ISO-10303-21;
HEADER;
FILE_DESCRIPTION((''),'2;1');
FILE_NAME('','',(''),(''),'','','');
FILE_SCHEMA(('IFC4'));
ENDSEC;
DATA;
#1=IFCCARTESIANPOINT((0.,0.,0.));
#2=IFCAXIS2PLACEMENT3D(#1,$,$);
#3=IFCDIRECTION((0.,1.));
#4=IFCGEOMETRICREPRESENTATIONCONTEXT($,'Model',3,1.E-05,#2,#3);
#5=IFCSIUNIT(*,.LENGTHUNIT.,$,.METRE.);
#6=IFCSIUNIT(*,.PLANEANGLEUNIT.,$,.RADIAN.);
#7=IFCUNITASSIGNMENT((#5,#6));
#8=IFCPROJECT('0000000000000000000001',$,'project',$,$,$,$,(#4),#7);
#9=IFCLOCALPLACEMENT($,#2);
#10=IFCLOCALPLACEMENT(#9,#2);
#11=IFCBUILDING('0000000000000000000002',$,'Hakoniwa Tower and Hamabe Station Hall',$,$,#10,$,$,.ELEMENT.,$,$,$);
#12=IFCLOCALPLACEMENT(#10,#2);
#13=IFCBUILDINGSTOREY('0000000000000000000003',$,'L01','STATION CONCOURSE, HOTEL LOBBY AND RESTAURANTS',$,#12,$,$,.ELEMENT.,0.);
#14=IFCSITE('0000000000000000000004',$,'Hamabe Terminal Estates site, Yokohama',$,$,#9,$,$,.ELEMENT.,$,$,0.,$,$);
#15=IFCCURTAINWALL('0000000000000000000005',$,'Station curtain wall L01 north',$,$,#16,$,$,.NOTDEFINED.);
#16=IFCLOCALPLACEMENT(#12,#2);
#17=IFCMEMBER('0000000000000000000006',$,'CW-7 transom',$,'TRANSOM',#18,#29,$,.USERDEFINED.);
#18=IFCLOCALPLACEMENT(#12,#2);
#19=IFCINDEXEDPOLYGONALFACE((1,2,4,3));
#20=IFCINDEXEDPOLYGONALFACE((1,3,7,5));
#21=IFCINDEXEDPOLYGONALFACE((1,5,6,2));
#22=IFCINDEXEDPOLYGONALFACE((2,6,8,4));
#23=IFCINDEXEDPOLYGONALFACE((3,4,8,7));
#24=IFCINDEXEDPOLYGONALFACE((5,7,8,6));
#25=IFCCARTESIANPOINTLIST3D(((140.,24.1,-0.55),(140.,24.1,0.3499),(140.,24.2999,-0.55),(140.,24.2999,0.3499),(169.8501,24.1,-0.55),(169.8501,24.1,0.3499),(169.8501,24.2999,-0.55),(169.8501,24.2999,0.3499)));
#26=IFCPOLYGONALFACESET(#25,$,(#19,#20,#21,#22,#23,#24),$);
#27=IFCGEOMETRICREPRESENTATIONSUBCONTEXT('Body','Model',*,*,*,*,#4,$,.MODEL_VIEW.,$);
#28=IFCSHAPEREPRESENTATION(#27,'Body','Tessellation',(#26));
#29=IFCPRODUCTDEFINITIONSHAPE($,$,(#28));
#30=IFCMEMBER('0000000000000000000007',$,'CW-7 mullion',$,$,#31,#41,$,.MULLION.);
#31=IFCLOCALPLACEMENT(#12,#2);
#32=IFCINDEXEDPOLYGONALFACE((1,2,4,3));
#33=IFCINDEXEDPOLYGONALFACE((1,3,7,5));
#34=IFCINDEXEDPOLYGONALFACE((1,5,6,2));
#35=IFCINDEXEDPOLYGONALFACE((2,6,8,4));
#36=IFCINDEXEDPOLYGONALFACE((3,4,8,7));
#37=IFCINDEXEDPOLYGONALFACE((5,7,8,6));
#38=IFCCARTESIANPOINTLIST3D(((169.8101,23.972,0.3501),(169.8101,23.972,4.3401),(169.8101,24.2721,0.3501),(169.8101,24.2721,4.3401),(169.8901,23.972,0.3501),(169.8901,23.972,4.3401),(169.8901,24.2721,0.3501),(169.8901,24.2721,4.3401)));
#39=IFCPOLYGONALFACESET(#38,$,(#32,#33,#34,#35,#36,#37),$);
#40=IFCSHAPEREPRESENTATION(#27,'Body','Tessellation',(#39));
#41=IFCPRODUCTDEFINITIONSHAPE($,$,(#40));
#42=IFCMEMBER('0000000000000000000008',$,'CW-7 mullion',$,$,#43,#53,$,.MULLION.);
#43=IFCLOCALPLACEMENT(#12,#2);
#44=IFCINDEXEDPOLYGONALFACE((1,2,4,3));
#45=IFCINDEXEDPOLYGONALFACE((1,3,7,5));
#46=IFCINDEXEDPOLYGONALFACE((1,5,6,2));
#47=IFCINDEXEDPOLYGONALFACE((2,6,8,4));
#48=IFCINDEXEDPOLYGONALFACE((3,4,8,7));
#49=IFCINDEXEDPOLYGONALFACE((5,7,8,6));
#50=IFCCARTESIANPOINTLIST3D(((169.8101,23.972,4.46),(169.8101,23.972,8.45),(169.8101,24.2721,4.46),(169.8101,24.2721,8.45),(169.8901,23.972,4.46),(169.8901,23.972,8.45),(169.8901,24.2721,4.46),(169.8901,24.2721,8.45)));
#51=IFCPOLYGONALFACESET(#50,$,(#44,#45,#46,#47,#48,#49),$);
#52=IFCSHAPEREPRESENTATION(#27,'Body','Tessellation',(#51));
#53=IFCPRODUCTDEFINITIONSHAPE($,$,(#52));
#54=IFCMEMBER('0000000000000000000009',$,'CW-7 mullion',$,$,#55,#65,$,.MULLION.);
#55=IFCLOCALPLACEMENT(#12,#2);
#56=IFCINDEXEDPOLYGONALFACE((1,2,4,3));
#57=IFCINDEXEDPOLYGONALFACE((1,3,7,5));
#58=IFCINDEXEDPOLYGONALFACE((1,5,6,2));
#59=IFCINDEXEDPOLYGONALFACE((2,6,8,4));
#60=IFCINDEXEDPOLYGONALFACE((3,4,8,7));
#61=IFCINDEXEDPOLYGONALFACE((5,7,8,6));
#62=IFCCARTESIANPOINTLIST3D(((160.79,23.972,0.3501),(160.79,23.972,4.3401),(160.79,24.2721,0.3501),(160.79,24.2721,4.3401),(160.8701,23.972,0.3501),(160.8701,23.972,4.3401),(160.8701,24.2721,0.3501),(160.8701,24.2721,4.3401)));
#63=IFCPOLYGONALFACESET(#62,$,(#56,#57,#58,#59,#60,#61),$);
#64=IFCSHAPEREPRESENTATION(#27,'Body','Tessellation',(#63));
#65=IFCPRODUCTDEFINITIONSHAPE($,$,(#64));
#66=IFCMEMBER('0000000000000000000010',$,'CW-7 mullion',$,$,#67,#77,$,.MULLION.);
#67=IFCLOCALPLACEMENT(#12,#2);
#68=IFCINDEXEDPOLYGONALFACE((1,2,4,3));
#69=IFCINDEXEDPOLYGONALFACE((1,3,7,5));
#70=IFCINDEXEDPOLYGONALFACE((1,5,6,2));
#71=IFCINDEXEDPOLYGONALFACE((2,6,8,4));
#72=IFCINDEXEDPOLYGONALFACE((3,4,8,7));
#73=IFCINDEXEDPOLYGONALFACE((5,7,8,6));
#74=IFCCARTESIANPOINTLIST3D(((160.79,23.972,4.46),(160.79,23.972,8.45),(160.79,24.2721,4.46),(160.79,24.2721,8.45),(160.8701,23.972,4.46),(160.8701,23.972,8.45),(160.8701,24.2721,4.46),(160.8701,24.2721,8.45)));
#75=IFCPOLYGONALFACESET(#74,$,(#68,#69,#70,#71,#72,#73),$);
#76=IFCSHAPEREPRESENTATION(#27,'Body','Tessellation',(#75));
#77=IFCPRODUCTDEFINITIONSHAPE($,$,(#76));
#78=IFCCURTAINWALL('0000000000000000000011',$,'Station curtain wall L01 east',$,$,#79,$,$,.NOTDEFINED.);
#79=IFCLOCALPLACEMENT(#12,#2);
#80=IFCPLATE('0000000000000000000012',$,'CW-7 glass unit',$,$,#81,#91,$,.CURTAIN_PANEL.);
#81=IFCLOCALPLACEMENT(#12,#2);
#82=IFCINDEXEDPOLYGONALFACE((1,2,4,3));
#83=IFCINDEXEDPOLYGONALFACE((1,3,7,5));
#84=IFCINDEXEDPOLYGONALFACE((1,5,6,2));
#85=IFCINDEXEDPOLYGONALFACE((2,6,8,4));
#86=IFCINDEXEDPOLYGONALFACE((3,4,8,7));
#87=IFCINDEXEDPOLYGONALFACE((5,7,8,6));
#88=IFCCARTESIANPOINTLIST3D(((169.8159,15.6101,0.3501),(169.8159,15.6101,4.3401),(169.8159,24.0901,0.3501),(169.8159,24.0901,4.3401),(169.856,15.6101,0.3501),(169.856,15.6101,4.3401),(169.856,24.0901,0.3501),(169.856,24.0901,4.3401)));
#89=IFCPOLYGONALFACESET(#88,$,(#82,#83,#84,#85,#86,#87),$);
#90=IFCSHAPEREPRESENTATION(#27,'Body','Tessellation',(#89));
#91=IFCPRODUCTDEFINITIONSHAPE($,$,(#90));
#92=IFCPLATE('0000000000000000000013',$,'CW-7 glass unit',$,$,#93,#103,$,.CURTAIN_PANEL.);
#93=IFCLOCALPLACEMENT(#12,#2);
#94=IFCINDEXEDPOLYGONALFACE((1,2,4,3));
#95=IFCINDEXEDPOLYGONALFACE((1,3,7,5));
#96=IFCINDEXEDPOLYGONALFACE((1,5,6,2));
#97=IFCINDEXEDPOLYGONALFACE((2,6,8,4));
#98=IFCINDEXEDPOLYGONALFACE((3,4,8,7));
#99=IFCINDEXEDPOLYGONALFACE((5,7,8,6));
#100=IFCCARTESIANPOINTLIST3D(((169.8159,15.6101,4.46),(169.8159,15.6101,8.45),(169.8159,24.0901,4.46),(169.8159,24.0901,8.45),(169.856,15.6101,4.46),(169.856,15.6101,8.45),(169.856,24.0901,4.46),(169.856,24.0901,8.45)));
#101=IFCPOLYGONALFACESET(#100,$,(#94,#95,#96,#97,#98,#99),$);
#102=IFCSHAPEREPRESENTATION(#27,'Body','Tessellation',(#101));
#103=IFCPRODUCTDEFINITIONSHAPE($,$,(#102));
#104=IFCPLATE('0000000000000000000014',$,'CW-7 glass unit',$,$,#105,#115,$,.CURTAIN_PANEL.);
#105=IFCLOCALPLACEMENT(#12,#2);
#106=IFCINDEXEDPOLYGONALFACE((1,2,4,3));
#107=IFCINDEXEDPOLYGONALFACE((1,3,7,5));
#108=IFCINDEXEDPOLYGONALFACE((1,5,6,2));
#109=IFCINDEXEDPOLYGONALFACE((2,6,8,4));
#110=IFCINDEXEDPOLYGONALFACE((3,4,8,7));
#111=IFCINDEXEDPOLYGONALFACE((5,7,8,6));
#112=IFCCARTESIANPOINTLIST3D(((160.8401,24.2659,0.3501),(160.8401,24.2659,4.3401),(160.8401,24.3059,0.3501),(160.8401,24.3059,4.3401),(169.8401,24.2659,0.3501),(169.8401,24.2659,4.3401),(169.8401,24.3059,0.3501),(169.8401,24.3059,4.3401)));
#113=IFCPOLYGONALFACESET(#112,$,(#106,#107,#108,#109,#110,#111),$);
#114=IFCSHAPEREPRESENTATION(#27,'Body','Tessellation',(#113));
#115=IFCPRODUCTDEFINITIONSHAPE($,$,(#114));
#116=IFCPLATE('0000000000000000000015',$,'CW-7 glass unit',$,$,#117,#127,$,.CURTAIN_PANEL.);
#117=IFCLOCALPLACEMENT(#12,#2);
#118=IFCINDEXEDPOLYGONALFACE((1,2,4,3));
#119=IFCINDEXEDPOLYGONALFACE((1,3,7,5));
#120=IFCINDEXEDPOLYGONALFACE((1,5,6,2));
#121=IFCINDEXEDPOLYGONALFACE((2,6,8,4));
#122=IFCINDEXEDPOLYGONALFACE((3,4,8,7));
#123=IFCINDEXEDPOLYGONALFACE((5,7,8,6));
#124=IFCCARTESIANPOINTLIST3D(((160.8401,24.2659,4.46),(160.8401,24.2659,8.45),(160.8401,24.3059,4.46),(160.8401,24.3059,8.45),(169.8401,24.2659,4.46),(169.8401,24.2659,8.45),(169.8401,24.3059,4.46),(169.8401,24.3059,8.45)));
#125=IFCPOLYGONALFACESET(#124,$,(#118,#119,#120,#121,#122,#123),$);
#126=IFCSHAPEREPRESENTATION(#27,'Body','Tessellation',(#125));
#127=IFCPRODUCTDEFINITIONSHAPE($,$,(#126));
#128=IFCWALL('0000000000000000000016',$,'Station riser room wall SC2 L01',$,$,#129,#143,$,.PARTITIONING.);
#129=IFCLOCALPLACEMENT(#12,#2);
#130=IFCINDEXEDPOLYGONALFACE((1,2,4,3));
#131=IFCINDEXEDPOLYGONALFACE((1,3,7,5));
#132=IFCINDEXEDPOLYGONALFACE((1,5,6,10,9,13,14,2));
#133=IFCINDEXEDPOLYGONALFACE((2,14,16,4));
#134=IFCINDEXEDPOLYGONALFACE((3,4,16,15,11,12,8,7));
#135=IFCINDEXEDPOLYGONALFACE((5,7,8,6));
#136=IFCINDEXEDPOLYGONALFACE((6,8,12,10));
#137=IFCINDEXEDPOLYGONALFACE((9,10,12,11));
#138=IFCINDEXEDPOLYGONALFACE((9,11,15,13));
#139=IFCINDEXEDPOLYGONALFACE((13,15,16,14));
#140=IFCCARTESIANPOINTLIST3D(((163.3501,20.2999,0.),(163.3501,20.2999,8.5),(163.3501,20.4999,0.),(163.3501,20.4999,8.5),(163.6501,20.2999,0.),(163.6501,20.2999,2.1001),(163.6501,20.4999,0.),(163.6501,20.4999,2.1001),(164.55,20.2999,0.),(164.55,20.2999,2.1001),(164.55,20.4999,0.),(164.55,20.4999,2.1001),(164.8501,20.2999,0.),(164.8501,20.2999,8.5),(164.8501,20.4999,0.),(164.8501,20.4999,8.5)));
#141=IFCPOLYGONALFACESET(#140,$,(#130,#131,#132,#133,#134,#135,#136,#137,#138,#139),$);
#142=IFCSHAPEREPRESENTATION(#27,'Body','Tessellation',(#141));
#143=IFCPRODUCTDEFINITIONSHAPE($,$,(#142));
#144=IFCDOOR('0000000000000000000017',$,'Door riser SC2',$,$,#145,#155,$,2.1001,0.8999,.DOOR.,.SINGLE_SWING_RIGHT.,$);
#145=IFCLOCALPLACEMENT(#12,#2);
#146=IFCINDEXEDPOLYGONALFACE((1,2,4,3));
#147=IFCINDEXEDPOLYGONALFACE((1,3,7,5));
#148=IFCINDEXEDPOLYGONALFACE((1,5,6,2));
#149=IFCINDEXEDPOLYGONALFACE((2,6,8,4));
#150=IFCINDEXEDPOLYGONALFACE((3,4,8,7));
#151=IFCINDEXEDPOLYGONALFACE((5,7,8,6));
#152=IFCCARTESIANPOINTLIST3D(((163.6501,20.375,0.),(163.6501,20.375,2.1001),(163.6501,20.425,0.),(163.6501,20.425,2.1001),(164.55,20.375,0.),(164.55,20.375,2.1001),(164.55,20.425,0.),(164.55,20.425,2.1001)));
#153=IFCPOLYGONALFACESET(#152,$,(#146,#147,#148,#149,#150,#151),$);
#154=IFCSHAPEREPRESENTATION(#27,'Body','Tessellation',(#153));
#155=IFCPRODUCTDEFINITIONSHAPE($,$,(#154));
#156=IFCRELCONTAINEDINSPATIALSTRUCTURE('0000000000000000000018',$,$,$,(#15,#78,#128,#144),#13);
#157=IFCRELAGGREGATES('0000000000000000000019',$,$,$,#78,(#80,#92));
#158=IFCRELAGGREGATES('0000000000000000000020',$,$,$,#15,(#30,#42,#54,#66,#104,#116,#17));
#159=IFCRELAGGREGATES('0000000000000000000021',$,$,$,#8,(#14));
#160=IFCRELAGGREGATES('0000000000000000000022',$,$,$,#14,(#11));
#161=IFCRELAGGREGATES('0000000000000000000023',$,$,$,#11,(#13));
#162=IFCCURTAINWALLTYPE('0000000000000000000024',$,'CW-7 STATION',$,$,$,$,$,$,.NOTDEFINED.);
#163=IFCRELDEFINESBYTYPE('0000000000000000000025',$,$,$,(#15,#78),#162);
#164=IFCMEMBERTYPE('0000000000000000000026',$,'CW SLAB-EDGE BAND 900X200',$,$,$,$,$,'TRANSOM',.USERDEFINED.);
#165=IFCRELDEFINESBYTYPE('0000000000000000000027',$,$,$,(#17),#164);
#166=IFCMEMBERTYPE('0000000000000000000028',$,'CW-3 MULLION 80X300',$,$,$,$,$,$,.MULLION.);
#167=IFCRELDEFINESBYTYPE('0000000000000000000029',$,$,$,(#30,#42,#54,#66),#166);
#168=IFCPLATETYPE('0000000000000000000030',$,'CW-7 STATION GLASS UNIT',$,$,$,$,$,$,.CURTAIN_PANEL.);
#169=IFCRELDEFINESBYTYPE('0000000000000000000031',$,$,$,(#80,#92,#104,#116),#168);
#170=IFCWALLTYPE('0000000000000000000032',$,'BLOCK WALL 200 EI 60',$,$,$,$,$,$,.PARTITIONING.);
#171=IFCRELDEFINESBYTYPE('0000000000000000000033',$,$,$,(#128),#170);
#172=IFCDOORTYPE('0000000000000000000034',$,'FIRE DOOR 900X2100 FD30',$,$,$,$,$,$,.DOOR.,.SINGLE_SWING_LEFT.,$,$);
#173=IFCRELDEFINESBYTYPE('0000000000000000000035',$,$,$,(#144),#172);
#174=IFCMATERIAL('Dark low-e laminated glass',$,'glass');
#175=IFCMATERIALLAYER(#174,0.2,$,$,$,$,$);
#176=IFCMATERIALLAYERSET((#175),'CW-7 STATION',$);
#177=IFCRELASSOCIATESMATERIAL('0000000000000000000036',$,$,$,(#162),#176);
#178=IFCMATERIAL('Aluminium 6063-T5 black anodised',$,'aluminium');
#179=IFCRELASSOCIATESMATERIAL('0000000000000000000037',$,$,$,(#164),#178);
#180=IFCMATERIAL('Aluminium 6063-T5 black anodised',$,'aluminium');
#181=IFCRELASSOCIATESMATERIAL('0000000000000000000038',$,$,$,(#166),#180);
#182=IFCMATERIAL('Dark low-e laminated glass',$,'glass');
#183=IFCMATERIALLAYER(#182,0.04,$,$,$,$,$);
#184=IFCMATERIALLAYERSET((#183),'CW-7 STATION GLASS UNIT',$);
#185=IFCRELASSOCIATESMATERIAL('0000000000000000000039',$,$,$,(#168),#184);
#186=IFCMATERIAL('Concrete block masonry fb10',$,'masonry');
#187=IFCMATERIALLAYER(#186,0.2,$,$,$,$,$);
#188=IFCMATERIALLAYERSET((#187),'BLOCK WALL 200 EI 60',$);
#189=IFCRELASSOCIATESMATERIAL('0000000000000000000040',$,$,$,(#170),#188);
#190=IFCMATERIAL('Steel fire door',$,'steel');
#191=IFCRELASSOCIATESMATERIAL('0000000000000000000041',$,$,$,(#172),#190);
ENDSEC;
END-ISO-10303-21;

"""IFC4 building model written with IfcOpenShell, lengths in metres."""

from ifc_helpers import new_model, si_unit, direction, frame, frame_2d, origin, origin_2d, place, context, subcontext, project, spatial, rectangle, extrude, material, layer, layer_set, material_profile, profile_set, type_object, element, fill, aggregate, save


model = new_model("IFC4")

# Units and contexts
model_context = context("Model", 3, precision=1e-05, world=origin(), true_north=direction((0.0, 1.0)))
body_context = subcontext(model_context, "Body", "Model", "MODEL_VIEW")
ifc_project = project(units=[si_unit("LENGTHUNIT", "METRE"), si_unit("PLANEANGLEUNIT", "RADIAN")], contexts=[model_context])

# Site, building, storey
site_placement = place(None, origin())
site = spatial("IfcSite", under=ifc_project, at=site_placement, Name="Hamabe Terminal Estates site, Yokohama", CompositionType="ELEMENT", RefElevation=0.0)
building_placement = place(site_placement, origin())
building = spatial("IfcBuilding", under=site, at=building_placement, Name="Hakoniwa Tower and Hamabe Station Hall", CompositionType="ELEMENT")
storey_placement = place(building_placement, origin())
storey = spatial("IfcBuildingStorey", under=building, at=storey_placement, Name="L01", Description="STATION CONCOURSE, HOTEL LOBBY AND RESTAURANTS", CompositionType="ELEMENT", Elevation=0.0)

# Curtain wall, members
ifc_material_1 = material(Name="Dark low-e laminated glass", Category="glass")
ifc_layer_1 = layer(ifc_material_1, 0.2)
ifc_layer_set_1 = layer_set([ifc_layer_1], Name="CW-7 STATION")
curtain_wall_type = type_object("IfcCurtainWallType", Name="CW-7 STATION", PredefinedType="NOTDEFINED", material=ifc_layer_set_1)
curtain_wall_1_placement = place(storey_placement, origin())
curtain_wall_1 = element("IfcCurtainWall", 1, at=curtain_wall_1_placement, inside=storey, type_object=curtain_wall_type, Name="Station curtain wall L01 north", PredefinedType="NOTDEFINED")
ifc_material_2 = material(Name="Aluminium 6063-T5 black anodised", Category="aluminium")
ifc_material_profile_1 = material_profile(ifc_material_2, rectangle(XDim=0.2, YDim=0.8999, at=origin_2d()), Name="CW SLAB-EDGE BAND 900X200")
ifc_profile_set_1 = profile_set([ifc_material_profile_1], Name="Aluminium 6063-T5 black anodised")
member_type_1 = type_object("IfcMemberType", Name="CW SLAB-EDGE BAND 900X200", ElementType="TRANSOM", PredefinedType="USERDEFINED", material=ifc_profile_set_1)
member_1_placement = place(storey_placement, frame((169.8501, 24.2, -0.1001), z_axis=(-1.0, 0.0, 0.0), x_axis=(0.0, -1.0, 0.0)))
member_1 = element("IfcMember", 2, at=member_1_placement, type_object=member_type_1, Name="CW-7 transom", ObjectType="TRANSOM", PredefinedType="USERDEFINED", context=body_context, shape_type="SweptSolid", body=[
    extrude(rectangle(XDim=0.2, YDim=0.8999, at=origin_2d()), origin(), (0.0, 0.0, 1.0), 29.8501),
])
ifc_material_3 = material(Name="Aluminium 6063-T5 black anodised", Category="aluminium")
ifc_material_profile_2 = material_profile(ifc_material_3, rectangle(XDim=0.0801, YDim=0.3, at=origin_2d()), Name="CW-3 MULLION 80X300")
ifc_profile_set_2 = profile_set([ifc_material_profile_2], Name="Aluminium 6063-T5 black anodised")
member_type_2 = type_object("IfcMemberType", Name="CW-3 MULLION 80X300", PredefinedType="MULLION", material=ifc_profile_set_2)
member_2_placement = place(storey_placement, frame((169.8501, 24.1221, 0.3501), z_axis=(0.0, 0.0, 1.0), x_axis=(-1.0, 0.0, 0.0)))
member_2 = element("IfcMember", 3, at=member_2_placement, type_object=member_type_2, Name="CW-7 mullion", PredefinedType="MULLION", context=body_context, shape_type="SweptSolid", body=[
    extrude(rectangle(XDim=0.0801, YDim=0.3, at=origin_2d()), origin(), (0.0, 0.0, 1.0), 3.99),
])
member_3_placement = place(storey_placement, frame((169.8501, 24.1221, 4.46), z_axis=(0.0, 0.0, 1.0), x_axis=(-1.0, 0.0, 0.0)))
member_3 = element("IfcMember", 4, at=member_3_placement, type_object=member_type_2, Name="CW-7 mullion", PredefinedType="MULLION", context=body_context, shape_type="SweptSolid", body=[
    extrude(rectangle(XDim=0.0801, YDim=0.3, at=origin_2d()), origin(), (0.0, 0.0, 1.0), 3.99),
])
member_4_placement = place(storey_placement, frame((160.8301, 24.1221, 0.3501), z_axis=(0.0, 0.0, 1.0), x_axis=(-1.0, 0.0, 0.0)))
member_4 = element("IfcMember", 5, at=member_4_placement, type_object=member_type_2, Name="CW-7 mullion", PredefinedType="MULLION", context=body_context, shape_type="SweptSolid", body=[
    extrude(rectangle(XDim=0.0801, YDim=0.3, at=origin_2d()), origin(), (0.0, 0.0, 1.0), 3.99),
])
member_5_placement = place(storey_placement, frame((160.8301, 24.1221, 4.46), z_axis=(0.0, 0.0, 1.0), x_axis=(-1.0, 0.0, 0.0)))
member_5 = element("IfcMember", 6, at=member_5_placement, type_object=member_type_2, Name="CW-7 mullion", PredefinedType="MULLION", context=body_context, shape_type="SweptSolid", body=[
    extrude(rectangle(XDim=0.0801, YDim=0.3, at=origin_2d()), origin(), (0.0, 0.0, 1.0), 3.99),
])

# Curtain wall, plates
curtain_wall_2_placement = place(storey_placement, origin())
curtain_wall_2 = element("IfcCurtainWall", 7, at=curtain_wall_2_placement, inside=storey, type_object=curtain_wall_type, Name="Station curtain wall L01 east", PredefinedType="NOTDEFINED")
ifc_material_4 = material(Name="Dark low-e laminated glass", Category="glass")
ifc_layer_2 = layer(ifc_material_4, 0.04)
ifc_layer_set_2 = layer_set([ifc_layer_2], Name="CW-7 STATION GLASS UNIT")
plate_type = type_object("IfcPlateType", Name="CW-7 STATION GLASS UNIT", PredefinedType="CURTAIN_PANEL", material=ifc_layer_set_2)
plate_1_placement = place(storey_placement, frame((169.8359, 19.8501, 0.3501), z_axis=(0.0, 0.0, 1.0), x_axis=(0.0, 1.0, 0.0)))
plate_1 = element("IfcPlate", 8, at=plate_1_placement, type_object=plate_type, Name="CW-7 glass unit", PredefinedType="CURTAIN_PANEL", context=body_context, shape_type="SweptSolid", body=[
    extrude(rectangle(XDim=8.48, YDim=0.04, at=origin_2d()), origin(), (0.0, 0.0, 1.0), 3.99),
])
plate_2_placement = place(storey_placement, frame((169.8359, 19.8501, 4.46), z_axis=(0.0, 0.0, 1.0), x_axis=(0.0, 1.0, 0.0)))
plate_2 = element("IfcPlate", 9, at=plate_2_placement, type_object=plate_type, Name="CW-7 glass unit", PredefinedType="CURTAIN_PANEL", context=body_context, shape_type="SweptSolid", body=[
    extrude(rectangle(XDim=8.48, YDim=0.04, at=origin_2d()), origin(), (0.0, 0.0, 1.0), 3.99),
])
aggregate(curtain_wall_2, [plate_1, plate_2])

# Plates
plate_3_placement = place(storey_placement, frame((165.3401, 24.2859, 0.3501), z_axis=(0.0, 0.0, 1.0), x_axis=(-1.0, 0.0, 0.0)))
plate_3 = element("IfcPlate", 10, at=plate_3_placement, type_object=plate_type, Name="CW-7 glass unit", PredefinedType="CURTAIN_PANEL", context=body_context, shape_type="SweptSolid", body=[
    extrude(rectangle(XDim=9.0, YDim=0.04, at=origin_2d()), origin(), (0.0, 0.0, 1.0), 3.99),
])
plate_4_placement = place(storey_placement, frame((165.3401, 24.2859, 4.46), z_axis=(0.0, 0.0, 1.0), x_axis=(-1.0, 0.0, 0.0)))
plate_4 = element("IfcPlate", 11, at=plate_4_placement, type_object=plate_type, Name="CW-7 glass unit", PredefinedType="CURTAIN_PANEL", context=body_context, shape_type="SweptSolid", body=[
    extrude(rectangle(XDim=9.0, YDim=0.04, at=origin_2d()), origin(), (0.0, 0.0, 1.0), 3.99),
])
aggregate(curtain_wall_1, [member_2, member_3, member_4, member_5, plate_3, plate_4, member_1])

# Wall, opening, door
ifc_material_5 = material(Name="Concrete block masonry fb10", Category="masonry")
ifc_layer_3 = layer(ifc_material_5, 0.2)
ifc_layer_set_3 = layer_set([ifc_layer_3], Name="BLOCK WALL 200 EI 60")
wall_type_1 = type_object("IfcWallType", Name="BLOCK WALL 200 EI 60", PredefinedType="PARTITIONING", material=ifc_layer_set_3)
wall_1_placement = place(storey_placement, frame((164.8501, 20.3999, 0.0), z_axis=(0.0, 0.0, 1.0), x_axis=(-1.0, 0.0, 0.0)))
wall_1 = element("IfcWall", 12, at=wall_1_placement, inside=storey, type_object=wall_type_1, Name="Station riser room wall SC2 L01", PredefinedType="PARTITIONING", context=body_context, shape_type="SweptSolid", body=[
    extrude(rectangle(XDim=1.5, YDim=0.2, at=frame_2d((0.75, 0.0))), origin(), (0.0, 0.0, 1.0), 8.5),
])
opening_1_placement = place(wall_1_placement, frame((0.3, 0.0, 0.0)))
opening_1 = element("IfcOpeningElement", 13, at=opening_1_placement, cuts=wall_1, PredefinedType="OPENING", context=body_context, shape_type="SweptSolid", body=[
    extrude(rectangle(XDim=0.8999, YDim=2.1001, at=frame_2d((0.45, 1.05))), frame((0.0, 0.1099, 0.0), z_axis=(0.0, -1.0, 0.0), x_axis=(1.0, 0.0, 0.0)), (0.0, 0.0, 1.0), 0.22),
])
ifc_material_6 = material(Name="Steel fire door", Category="steel")
door_type_1 = type_object("IfcDoorType", Name="FIRE DOOR 900X2100 FD30", OperationType="SINGLE_SWING_LEFT", PredefinedType="DOOR", material=ifc_material_6)
door_1_placement = place(opening_1_placement, origin())
door_1 = element("IfcDoor", 14, at=door_1_placement, inside=storey, type_object=door_type_1, Name="Door riser SC2", OperationType="SINGLE_SWING_RIGHT", OverallHeight=2.1001, OverallWidth=0.8999, PredefinedType="DOOR", context=body_context, shape_type="SweptSolid", body=[
    extrude(rectangle(XDim=0.8999, YDim=2.1001, at=frame_2d((0.45, 1.05))), frame((0.0, 0.0249, 0.0), z_axis=(0.0, -1.0, 0.0), x_axis=(1.0, 0.0, 0.0)), (0.0, 0.0, 1.0), 0.05),
])
fill(opening_1, door_1)

save(model, "model.ifc")
